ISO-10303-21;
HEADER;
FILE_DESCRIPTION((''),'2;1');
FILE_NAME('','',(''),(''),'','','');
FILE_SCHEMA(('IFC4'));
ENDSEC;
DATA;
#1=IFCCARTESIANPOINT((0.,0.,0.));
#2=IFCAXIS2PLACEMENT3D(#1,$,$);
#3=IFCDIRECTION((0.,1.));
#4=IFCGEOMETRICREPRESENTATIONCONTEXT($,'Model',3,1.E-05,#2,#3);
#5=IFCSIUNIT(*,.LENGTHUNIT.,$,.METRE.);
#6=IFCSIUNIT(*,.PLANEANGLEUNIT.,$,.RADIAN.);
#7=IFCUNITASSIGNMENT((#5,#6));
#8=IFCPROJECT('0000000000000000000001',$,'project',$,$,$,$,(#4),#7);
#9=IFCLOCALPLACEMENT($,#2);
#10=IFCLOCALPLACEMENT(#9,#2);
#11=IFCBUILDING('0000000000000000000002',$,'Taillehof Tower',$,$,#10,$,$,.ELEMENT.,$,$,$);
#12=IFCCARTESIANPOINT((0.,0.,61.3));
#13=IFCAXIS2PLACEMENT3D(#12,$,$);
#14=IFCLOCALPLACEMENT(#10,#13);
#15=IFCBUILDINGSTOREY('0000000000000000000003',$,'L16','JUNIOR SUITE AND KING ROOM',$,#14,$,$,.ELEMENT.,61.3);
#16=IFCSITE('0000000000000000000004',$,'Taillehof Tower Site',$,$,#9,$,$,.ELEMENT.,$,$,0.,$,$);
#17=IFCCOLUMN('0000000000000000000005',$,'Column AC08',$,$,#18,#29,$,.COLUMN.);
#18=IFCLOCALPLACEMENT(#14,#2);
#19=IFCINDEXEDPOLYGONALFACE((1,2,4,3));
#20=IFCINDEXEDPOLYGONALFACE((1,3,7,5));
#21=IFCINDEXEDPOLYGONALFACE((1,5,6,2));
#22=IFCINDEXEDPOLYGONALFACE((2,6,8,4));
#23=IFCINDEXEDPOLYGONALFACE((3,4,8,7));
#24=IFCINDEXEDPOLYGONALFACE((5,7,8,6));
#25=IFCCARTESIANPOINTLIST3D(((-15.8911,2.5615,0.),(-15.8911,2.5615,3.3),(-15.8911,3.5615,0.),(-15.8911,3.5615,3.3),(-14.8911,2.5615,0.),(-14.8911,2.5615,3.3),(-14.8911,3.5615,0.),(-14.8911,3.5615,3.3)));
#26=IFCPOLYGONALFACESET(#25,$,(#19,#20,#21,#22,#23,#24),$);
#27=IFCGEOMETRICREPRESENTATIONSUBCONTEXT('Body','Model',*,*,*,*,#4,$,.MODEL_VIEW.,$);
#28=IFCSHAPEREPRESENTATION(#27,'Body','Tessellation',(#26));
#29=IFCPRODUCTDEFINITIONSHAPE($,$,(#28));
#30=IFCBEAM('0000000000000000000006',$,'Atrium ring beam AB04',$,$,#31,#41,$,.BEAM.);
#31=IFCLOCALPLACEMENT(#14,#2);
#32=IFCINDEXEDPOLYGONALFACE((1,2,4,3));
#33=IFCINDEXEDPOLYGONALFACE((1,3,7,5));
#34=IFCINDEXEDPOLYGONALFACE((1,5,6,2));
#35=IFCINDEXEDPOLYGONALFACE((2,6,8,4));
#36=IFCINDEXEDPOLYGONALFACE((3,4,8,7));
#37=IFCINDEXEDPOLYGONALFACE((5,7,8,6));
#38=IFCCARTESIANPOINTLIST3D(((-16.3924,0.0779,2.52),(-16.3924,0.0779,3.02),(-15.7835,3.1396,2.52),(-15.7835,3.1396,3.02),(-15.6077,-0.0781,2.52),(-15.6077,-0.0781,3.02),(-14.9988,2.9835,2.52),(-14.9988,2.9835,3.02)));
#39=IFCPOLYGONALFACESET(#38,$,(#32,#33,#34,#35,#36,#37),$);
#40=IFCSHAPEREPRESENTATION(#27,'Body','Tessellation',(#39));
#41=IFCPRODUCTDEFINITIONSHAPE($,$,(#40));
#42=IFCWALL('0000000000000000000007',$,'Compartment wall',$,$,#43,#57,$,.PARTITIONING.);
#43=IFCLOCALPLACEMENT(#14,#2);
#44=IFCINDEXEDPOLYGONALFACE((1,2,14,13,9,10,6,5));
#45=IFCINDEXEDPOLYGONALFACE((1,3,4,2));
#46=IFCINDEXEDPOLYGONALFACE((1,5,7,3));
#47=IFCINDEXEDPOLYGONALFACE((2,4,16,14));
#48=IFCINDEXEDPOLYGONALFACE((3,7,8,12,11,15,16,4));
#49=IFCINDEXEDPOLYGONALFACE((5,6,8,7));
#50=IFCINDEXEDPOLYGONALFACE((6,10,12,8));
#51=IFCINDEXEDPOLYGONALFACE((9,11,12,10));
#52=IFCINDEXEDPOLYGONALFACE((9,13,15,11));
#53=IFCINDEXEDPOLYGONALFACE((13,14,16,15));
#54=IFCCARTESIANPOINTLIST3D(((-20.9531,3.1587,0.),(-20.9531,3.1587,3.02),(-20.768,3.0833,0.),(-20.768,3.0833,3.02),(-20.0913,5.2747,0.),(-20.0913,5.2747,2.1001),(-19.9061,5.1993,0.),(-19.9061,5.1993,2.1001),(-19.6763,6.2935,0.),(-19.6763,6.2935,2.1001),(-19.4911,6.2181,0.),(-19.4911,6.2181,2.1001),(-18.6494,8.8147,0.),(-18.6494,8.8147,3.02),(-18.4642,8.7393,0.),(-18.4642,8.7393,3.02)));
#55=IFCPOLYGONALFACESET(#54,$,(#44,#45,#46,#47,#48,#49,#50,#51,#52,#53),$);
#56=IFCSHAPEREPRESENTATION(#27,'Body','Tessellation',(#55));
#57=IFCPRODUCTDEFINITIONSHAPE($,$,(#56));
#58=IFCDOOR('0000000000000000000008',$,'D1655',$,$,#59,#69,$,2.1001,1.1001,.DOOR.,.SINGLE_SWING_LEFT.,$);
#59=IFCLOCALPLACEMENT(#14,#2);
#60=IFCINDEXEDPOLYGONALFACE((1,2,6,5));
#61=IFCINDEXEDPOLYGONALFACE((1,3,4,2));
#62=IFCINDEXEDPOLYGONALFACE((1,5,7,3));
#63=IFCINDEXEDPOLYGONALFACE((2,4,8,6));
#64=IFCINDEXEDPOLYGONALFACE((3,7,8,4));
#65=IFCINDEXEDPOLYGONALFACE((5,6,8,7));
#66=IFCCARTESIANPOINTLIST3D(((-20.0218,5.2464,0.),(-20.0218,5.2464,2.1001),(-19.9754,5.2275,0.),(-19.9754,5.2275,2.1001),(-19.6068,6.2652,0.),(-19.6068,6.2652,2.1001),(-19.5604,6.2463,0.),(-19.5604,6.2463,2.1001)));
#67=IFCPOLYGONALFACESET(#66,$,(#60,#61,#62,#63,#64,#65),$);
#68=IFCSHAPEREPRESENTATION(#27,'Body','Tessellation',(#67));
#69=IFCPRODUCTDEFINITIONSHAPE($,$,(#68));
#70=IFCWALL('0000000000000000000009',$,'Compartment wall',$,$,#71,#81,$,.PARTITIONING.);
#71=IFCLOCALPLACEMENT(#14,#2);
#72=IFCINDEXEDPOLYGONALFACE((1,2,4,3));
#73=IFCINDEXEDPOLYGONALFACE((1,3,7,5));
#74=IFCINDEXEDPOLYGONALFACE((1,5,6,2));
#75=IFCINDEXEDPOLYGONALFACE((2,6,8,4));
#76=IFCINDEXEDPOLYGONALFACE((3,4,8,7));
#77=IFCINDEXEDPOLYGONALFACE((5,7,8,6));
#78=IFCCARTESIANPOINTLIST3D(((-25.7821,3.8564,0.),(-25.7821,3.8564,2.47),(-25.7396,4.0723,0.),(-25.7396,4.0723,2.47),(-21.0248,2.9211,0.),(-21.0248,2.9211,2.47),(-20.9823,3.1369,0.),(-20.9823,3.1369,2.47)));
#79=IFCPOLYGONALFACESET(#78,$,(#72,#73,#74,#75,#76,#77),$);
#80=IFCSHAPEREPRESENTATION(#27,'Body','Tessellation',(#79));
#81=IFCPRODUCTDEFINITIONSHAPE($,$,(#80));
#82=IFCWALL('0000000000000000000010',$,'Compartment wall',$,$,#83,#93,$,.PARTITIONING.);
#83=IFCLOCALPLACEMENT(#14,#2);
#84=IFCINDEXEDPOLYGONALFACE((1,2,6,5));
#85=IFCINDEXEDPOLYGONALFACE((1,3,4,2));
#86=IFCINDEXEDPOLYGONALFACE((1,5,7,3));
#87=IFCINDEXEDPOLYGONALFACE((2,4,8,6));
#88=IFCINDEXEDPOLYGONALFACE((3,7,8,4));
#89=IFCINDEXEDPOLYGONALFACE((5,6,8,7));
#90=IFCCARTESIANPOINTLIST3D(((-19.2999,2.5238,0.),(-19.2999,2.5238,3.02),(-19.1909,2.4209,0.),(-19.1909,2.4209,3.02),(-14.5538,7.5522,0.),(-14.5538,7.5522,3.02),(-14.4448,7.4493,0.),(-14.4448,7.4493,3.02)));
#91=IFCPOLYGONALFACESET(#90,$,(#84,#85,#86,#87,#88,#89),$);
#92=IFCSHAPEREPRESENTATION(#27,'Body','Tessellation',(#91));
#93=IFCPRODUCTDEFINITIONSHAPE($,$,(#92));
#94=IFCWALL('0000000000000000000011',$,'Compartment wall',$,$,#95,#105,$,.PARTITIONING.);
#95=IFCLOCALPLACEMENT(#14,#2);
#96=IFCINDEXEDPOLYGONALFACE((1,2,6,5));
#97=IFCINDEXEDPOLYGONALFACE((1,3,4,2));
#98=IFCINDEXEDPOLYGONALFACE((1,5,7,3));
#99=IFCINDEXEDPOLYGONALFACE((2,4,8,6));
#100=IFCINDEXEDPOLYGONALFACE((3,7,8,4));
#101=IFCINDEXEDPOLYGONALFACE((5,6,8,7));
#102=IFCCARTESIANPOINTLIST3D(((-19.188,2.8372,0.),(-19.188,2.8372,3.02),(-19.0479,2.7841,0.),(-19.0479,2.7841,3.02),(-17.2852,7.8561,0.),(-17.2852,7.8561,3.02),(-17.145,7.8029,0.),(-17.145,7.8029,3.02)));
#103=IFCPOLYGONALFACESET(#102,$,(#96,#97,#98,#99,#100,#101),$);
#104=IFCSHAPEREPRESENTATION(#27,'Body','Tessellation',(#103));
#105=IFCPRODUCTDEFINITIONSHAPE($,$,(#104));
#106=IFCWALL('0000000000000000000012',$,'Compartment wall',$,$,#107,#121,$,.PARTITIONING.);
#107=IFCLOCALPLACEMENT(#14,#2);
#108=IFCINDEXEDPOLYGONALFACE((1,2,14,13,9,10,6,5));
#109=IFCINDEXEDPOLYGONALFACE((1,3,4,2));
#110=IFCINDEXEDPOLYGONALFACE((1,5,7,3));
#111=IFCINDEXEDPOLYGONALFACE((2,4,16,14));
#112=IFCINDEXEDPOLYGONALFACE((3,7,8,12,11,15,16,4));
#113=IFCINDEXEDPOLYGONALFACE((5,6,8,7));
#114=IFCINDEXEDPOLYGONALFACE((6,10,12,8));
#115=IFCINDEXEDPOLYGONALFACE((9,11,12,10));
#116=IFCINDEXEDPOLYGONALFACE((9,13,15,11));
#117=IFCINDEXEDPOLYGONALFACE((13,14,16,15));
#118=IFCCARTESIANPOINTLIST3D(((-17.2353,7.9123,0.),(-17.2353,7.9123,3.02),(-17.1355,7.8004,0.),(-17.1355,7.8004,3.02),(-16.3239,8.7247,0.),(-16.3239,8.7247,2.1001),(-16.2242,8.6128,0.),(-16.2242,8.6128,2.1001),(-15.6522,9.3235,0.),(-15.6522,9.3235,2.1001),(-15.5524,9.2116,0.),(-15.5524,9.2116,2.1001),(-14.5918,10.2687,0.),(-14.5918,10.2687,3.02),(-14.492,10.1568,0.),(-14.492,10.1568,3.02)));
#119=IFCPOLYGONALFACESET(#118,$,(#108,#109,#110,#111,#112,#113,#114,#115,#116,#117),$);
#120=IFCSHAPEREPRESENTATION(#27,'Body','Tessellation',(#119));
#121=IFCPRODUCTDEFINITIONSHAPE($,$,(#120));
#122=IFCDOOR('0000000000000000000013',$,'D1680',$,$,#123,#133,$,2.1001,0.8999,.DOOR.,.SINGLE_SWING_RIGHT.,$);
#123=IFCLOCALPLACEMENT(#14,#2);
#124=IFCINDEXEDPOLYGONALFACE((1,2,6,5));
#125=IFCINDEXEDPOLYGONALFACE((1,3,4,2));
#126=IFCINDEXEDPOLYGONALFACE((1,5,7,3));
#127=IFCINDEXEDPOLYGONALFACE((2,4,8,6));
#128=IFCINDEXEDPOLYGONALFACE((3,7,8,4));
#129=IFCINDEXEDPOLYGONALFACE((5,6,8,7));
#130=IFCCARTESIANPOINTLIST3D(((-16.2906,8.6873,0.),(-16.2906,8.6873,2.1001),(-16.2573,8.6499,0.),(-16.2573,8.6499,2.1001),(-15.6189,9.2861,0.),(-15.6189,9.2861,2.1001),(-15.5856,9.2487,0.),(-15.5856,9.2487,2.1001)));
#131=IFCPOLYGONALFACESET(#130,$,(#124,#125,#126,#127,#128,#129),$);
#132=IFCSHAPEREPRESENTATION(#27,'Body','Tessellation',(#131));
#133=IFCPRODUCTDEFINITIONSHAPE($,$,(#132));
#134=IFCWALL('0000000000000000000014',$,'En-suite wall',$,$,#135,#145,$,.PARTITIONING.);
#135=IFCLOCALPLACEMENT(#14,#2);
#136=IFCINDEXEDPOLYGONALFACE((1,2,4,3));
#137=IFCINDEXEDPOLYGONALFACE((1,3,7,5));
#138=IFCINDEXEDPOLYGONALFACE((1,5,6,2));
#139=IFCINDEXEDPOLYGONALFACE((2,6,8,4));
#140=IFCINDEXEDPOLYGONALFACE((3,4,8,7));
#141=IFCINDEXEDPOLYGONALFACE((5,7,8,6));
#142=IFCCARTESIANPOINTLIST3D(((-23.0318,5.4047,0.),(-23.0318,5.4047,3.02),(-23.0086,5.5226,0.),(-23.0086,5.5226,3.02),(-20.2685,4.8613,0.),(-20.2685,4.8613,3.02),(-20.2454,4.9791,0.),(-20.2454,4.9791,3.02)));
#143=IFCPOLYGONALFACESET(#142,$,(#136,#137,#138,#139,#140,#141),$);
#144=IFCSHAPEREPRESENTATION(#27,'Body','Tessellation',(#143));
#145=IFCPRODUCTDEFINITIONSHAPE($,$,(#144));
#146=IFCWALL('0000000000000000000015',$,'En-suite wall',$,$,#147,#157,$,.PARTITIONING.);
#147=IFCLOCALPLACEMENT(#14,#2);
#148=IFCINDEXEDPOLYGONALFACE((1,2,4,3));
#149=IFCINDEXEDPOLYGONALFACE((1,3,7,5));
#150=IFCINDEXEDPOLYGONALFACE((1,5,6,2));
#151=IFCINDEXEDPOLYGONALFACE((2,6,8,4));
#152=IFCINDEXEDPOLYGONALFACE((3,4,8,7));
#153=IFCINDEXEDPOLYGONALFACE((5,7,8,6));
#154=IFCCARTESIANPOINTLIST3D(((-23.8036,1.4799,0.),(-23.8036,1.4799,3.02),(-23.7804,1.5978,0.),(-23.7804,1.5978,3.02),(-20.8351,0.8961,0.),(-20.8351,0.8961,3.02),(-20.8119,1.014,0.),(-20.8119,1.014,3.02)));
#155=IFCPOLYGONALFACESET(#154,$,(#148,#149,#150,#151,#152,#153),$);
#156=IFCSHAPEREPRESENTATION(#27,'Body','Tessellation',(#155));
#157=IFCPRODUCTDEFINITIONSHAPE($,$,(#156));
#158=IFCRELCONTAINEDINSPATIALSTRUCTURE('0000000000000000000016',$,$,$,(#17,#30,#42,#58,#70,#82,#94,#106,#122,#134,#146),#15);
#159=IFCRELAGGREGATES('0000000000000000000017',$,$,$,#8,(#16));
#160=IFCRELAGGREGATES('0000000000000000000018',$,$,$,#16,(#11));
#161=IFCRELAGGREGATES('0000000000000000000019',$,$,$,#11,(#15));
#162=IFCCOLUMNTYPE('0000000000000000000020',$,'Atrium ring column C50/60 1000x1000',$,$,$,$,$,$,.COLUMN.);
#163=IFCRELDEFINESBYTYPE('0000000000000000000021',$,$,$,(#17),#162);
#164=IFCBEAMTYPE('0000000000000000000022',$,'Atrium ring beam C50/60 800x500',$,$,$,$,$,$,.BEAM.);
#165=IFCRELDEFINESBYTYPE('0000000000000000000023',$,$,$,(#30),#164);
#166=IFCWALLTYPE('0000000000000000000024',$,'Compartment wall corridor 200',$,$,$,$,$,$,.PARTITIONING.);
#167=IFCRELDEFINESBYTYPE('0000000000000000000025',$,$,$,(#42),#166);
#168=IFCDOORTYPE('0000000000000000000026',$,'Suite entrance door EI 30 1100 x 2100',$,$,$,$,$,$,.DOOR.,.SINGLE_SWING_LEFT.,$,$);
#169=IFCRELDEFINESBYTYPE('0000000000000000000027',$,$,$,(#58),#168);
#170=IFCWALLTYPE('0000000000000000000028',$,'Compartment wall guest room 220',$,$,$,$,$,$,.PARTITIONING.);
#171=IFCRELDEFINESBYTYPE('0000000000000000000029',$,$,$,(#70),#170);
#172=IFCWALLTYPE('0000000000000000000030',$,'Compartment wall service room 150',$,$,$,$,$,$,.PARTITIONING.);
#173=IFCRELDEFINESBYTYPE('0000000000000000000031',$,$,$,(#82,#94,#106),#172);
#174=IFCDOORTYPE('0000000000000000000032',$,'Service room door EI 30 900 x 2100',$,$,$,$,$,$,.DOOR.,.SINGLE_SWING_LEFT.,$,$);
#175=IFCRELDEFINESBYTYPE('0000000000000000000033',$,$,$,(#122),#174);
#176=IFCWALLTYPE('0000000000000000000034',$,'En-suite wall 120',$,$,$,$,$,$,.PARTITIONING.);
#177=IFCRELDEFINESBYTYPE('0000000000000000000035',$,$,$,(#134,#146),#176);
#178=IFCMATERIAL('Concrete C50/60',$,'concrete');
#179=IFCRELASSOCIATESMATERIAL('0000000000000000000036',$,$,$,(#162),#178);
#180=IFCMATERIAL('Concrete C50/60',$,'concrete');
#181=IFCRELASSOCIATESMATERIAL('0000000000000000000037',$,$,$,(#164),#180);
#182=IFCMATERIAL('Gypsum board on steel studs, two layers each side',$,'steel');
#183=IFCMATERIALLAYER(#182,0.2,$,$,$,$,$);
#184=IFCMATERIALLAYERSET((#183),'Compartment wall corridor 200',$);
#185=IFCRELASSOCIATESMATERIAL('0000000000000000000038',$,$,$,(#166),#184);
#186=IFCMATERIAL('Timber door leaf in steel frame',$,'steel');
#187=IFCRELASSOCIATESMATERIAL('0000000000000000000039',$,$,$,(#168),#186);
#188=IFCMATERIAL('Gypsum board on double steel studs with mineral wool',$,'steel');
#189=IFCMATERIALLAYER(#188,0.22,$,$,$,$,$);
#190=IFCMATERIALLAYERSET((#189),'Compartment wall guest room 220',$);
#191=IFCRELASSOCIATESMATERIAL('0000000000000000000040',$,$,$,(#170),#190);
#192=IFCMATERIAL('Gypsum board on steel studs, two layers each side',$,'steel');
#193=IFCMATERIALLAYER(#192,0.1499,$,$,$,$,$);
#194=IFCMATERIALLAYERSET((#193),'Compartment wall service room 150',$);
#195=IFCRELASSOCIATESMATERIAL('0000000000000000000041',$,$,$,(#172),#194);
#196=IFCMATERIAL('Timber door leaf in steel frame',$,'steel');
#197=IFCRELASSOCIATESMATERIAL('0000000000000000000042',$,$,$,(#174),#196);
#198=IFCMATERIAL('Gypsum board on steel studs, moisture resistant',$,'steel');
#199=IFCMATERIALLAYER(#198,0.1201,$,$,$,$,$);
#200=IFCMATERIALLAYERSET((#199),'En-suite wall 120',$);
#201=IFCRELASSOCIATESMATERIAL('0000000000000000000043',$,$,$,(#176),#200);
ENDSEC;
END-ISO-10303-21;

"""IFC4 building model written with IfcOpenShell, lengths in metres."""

from ifc_helpers import new_model, si_unit, direction, frame, frame_2d, origin, origin_2d, place, context, subcontext, project, spatial, rectangle, extrude, material, layer, layer_set, material_profile, profile_set, type_object, element, fill, save


model = new_model("IFC4")

# Units and contexts
model_context = context("Model", 3, precision=1e-05, world=origin(), true_north=direction((0.0, 1.0)))
body_context = subcontext(model_context, "Body", "Model", "MODEL_VIEW")
ifc_project = project(units=[si_unit("LENGTHUNIT", "METRE"), si_unit("PLANEANGLEUNIT", "RADIAN")], contexts=[model_context])

# Site, building, storey
site_placement = place(None, origin())
site = spatial("IfcSite", under=ifc_project, at=site_placement, Name="Taillehof Tower Site", CompositionType="ELEMENT", RefElevation=0.0)
building_placement = place(site_placement, origin())
building = spatial("IfcBuilding", under=site, at=building_placement, Name="Taillehof Tower", CompositionType="ELEMENT")
storey_placement = place(building_placement, frame((0.0, 0.0, 61.3)))
storey = spatial("IfcBuildingStorey", under=building, at=storey_placement, Name="L16", Description="JUNIOR SUITE AND KING ROOM", CompositionType="ELEMENT", Elevation=61.3)

# Column
ifc_material_1 = material(Name="Concrete C50/60", Category="concrete")
ifc_material_profile_1 = material_profile(ifc_material_1, rectangle(XDim=1.0, YDim=1.0, at=origin_2d()), Name="RC 1000x1000")
ifc_profile_set_1 = profile_set([ifc_material_profile_1], Name="Concrete C50/60")
column_type = type_object("IfcColumnType", Name="Atrium ring column C50/60 1000x1000", PredefinedType="COLUMN", material=ifc_profile_set_1)
column_placement = place(storey_placement, frame((-15.3911, 3.0615, 0.0), z_axis=(0.0, 0.0, 1.0), x_axis=(1.0, 0.0, 0.0)))
element("IfcColumn", 1, at=column_placement, inside=storey, type_object=column_type, Name="Column AC08", PredefinedType="COLUMN", context=body_context, shape_type="SweptSolid", body=[
    extrude(rectangle(XDim=1.0, YDim=1.0, at=origin_2d()), origin(), (0.0, 0.0, 1.0), 3.3),
])

# Beam
ifc_material_2 = material(Name="Concrete C50/60", Category="concrete")
ifc_material_profile_2 = material_profile(ifc_material_2, rectangle(XDim=0.8, YDim=0.5, at=origin_2d()), Name="RC 800x500")
ifc_profile_set_2 = profile_set([ifc_material_profile_2], Name="Concrete C50/60")
beam_type = type_object("IfcBeamType", Name="Atrium ring beam C50/60 800x500", PredefinedType="BEAM", material=ifc_profile_set_2)
beam_placement = place(storey_placement, frame((-15.3911, 3.0615, 2.77), z_axis=(-0.195063, -0.980791, 0.0), x_axis=(0.980791, -0.195063, 0.0)))
element("IfcBeam", 2, at=beam_placement, inside=storey, type_object=beam_type, Name="Atrium ring beam AB04", PredefinedType="BEAM", context=body_context, shape_type="SweptSolid", body=[
    extrude(rectangle(XDim=0.8, YDim=0.5, at=origin_2d()), origin(), (0.0, 0.0, 1.0), 3.1216),
])

# Wall, opening, door
ifc_material_3 = material(Name="Gypsum board on steel studs, two layers each side", Category="steel")
ifc_layer_1 = layer(ifc_material_3, 0.2)
ifc_layer_set_1 = layer_set([ifc_layer_1], Name="Compartment wall corridor 200")
wall_type_1 = type_object("IfcWallType", Name="Compartment wall corridor 200", PredefinedType="PARTITIONING", material=ifc_layer_set_1)
wall_1_placement = place(storey_placement, frame((-20.8606, 3.1208, 0.0), z_axis=(0.0, 0.0, 1.0), x_axis=(0.377214, 0.926126, 0.0)))
wall_1 = element("IfcWall", 3, at=wall_1_placement, inside=storey, type_object=wall_type_1, Name="Compartment wall", PredefinedType="PARTITIONING", context=body_context, shape_type="SweptSolid", body=[
    extrude(rectangle(XDim=6.1072, YDim=0.2, at=frame_2d((3.0537, 0.0))), origin(), (0.0, 0.0, 1.0), 3.02),
])
opening_1_placement = place(wall_1_placement, frame((2.2849, 0.0, 0.0)))
opening_1 = element("IfcOpeningElement", 4, at=opening_1_placement, cuts=wall_1, PredefinedType="OPENING", context=body_context, shape_type="SweptSolid", body=[
    extrude(rectangle(XDim=1.1001, YDim=2.1001, at=frame_2d((0.55, 1.05))), frame((0.0, 0.1099, 0.0), z_axis=(0.0, -1.0, 0.0), x_axis=(1.0, 0.0, 0.0)), (0.0, 0.0, 1.0), 0.22),
])
ifc_material_4 = material(Name="Timber door leaf in steel frame", Category="steel")
door_type_1 = type_object("IfcDoorType", Name="Suite entrance door EI 30 1100 x 2100", OperationType="SINGLE_SWING_LEFT", PredefinedType="DOOR", material=ifc_material_4)
door_1_placement = place(opening_1_placement, origin())
door_1 = element("IfcDoor", 5, at=door_1_placement, inside=storey, type_object=door_type_1, Name="D1655", OperationType="SINGLE_SWING_LEFT", OverallHeight=2.1001, OverallWidth=1.1001, PredefinedType="DOOR", context=body_context, shape_type="SweptSolid", body=[
    extrude(rectangle(XDim=1.1001, YDim=2.1001, at=frame_2d((0.55, 1.05))), frame((0.0, 0.0249, 0.0), z_axis=(0.0, -1.0, 0.0), x_axis=(1.0, 0.0, 0.0)), (0.0, 0.0, 1.0), 0.05),
])
fill(opening_1, door_1)

# Walls
ifc_material_5 = material(Name="Gypsum board on double steel studs with mineral wool", Category="steel")
ifc_layer_2 = layer(ifc_material_5, 0.22)
ifc_layer_set_2 = layer_set([ifc_layer_2], Name="Compartment wall guest room 220")
wall_type_2 = type_object("IfcWallType", Name="Compartment wall guest room 220", PredefinedType="PARTITIONING", material=ifc_layer_set_2)
wall_2_placement = place(storey_placement, frame((-25.761, 3.9644, 0.0), z_axis=(0.0, 0.0, 1.0), x_axis=(0.981216, -0.19291, 0.0)))
element("IfcWall", 6, at=wall_2_placement, inside=storey, type_object=wall_type_2, Name="Compartment wall", PredefinedType="PARTITIONING", context=body_context, shape_type="SweptSolid", body=[
    extrude(rectangle(XDim=4.8484, YDim=0.22, at=frame_2d((2.4243, 0.0))), origin(), (0.0, 0.0, 1.0), 2.47),
])
ifc_material_6 = material(Name="Gypsum board on steel studs, two layers each side", Category="steel")
ifc_layer_3 = layer(ifc_material_6, 0.1499)
ifc_layer_set_3 = layer_set([ifc_layer_3], Name="Compartment wall service room 150")
wall_type_3 = type_object("IfcWallType", Name="Compartment wall service room 150", PredefinedType="PARTITIONING", material=ifc_layer_set_3)
wall_3_placement = place(storey_placement, frame((-14.4993, 7.5007, 0.0), z_axis=(0.0, 0.0, 1.0), x_axis=(-0.686404, -0.727221, 0.0)))
element("IfcWall", 7, at=wall_3_placement, inside=storey, type_object=wall_type_3, Name="Compartment wall", PredefinedType="PARTITIONING", context=body_context, shape_type="SweptSolid", body=[
    extrude(rectangle(XDim=6.9146, YDim=0.1499, at=frame_2d((3.4573, 0.0))), origin(), (0.0, 0.0, 1.0), 3.02),
])
wall_4_placement = place(storey_placement, frame((-19.1179, 2.8108, 0.0), z_axis=(0.0, 0.0, 1.0), x_axis=(0.354516, 0.93505, 0.0)))
element("IfcWall", 8, at=wall_4_placement, inside=storey, type_object=wall_type_3, Name="Compartment wall", PredefinedType="PARTITIONING", context=body_context, shape_type="SweptSolid", body=[
    extrude(rectangle(XDim=5.3674, YDim=0.1499, at=frame_2d((2.6836, 0.0))), origin(), (0.0, 0.0, 1.0), 3.02),
])

# Wall, opening, door
wall_5_placement = place(storey_placement, frame((-17.1853, 7.8564, 0.0), z_axis=(0.0, 0.0, 1.0), x_axis=(0.746481, 0.665407, 0.0)))
wall_5 = element("IfcWall", 9, at=wall_5_placement, inside=storey, type_object=wall_type_3, Name="Compartment wall", PredefinedType="PARTITIONING", context=body_context, shape_type="SweptSolid", body=[
    extrude(rectangle(XDim=3.5413, YDim=0.1499, at=frame_2d((1.7705, 0.0))), origin(), (0.0, 0.0, 1.0), 3.02),
])
opening_2_placement = place(wall_5_placement, frame((1.2207, 0.0, 0.0)))
opening_2 = element("IfcOpeningElement", 10, at=opening_2_placement, cuts=wall_5, PredefinedType="OPENING", context=body_context, shape_type="SweptSolid", body=[
    extrude(rectangle(XDim=0.8999, YDim=2.1001, at=frame_2d((0.45, 1.05))), frame((0.0, 0.085, 0.0), z_axis=(0.0, -1.0, 0.0), x_axis=(1.0, 0.0, 0.0)), (0.0, 0.0, 1.0), 0.1699),
])
ifc_material_7 = material(Name="Timber door leaf in steel frame", Category="steel")
door_type_2 = type_object("IfcDoorType", Name="Service room door EI 30 900 x 2100", OperationType="SINGLE_SWING_LEFT", PredefinedType="DOOR", material=ifc_material_7)
door_2_placement = place(opening_2_placement, origin())
door_2 = element("IfcDoor", 11, at=door_2_placement, inside=storey, type_object=door_type_2, Name="D1680", OperationType="SINGLE_SWING_RIGHT", OverallHeight=2.1001, OverallWidth=0.8999, PredefinedType="DOOR", context=body_context, shape_type="SweptSolid", body=[
    extrude(rectangle(XDim=0.8999, YDim=2.1001, at=frame_2d((0.45, 1.05))), frame((0.0, 0.0249, 0.0), z_axis=(0.0, -1.0, 0.0), x_axis=(1.0, 0.0, 0.0)), (0.0, 0.0, 1.0), 0.05),
])
fill(opening_2, door_2)

# Walls
ifc_material_8 = material(Name="Gypsum board on steel studs, moisture resistant", Category="steel")
ifc_layer_4 = layer(ifc_material_8, 0.1201)
ifc_layer_set_4 = layer_set([ifc_layer_4], Name="En-suite wall 120")
wall_type_4 = type_object("IfcWallType", Name="En-suite wall 120", PredefinedType="PARTITIONING", material=ifc_layer_set_4)
wall_6_placement = place(storey_placement, frame((-20.2568, 4.9202, 0.0), z_axis=(0.0, 0.0, 1.0), x_axis=(-0.981203, 0.192981, 0.0)))
element("IfcWall", 12, at=wall_6_placement, inside=storey, type_object=wall_type_4, Name="En-suite wall", PredefinedType="PARTITIONING", context=body_context, shape_type="SweptSolid", body=[
    extrude(rectangle(XDim=2.8162, YDim=0.1201, at=frame_2d((1.4082, 0.0))), origin(), (0.0, 0.0, 1.0), 3.02),
])
wall_7_placement = place(storey_placement, frame((-20.8235, 0.9551, 0.0), z_axis=(0.0, 0.0, 1.0), x_axis=(-0.981209, 0.192949, 0.0)))
element("IfcWall", 13, at=wall_7_placement, inside=storey, type_object=wall_type_4, Name="En-suite wall", PredefinedType="PARTITIONING", context=body_context, shape_type="SweptSolid", body=[
    extrude(rectangle(XDim=3.0254, YDim=0.1201, at=frame_2d((1.5127, 0.0))), origin(), (0.0, 0.0, 1.0), 3.02),
])

save(model, "model.ifc")
